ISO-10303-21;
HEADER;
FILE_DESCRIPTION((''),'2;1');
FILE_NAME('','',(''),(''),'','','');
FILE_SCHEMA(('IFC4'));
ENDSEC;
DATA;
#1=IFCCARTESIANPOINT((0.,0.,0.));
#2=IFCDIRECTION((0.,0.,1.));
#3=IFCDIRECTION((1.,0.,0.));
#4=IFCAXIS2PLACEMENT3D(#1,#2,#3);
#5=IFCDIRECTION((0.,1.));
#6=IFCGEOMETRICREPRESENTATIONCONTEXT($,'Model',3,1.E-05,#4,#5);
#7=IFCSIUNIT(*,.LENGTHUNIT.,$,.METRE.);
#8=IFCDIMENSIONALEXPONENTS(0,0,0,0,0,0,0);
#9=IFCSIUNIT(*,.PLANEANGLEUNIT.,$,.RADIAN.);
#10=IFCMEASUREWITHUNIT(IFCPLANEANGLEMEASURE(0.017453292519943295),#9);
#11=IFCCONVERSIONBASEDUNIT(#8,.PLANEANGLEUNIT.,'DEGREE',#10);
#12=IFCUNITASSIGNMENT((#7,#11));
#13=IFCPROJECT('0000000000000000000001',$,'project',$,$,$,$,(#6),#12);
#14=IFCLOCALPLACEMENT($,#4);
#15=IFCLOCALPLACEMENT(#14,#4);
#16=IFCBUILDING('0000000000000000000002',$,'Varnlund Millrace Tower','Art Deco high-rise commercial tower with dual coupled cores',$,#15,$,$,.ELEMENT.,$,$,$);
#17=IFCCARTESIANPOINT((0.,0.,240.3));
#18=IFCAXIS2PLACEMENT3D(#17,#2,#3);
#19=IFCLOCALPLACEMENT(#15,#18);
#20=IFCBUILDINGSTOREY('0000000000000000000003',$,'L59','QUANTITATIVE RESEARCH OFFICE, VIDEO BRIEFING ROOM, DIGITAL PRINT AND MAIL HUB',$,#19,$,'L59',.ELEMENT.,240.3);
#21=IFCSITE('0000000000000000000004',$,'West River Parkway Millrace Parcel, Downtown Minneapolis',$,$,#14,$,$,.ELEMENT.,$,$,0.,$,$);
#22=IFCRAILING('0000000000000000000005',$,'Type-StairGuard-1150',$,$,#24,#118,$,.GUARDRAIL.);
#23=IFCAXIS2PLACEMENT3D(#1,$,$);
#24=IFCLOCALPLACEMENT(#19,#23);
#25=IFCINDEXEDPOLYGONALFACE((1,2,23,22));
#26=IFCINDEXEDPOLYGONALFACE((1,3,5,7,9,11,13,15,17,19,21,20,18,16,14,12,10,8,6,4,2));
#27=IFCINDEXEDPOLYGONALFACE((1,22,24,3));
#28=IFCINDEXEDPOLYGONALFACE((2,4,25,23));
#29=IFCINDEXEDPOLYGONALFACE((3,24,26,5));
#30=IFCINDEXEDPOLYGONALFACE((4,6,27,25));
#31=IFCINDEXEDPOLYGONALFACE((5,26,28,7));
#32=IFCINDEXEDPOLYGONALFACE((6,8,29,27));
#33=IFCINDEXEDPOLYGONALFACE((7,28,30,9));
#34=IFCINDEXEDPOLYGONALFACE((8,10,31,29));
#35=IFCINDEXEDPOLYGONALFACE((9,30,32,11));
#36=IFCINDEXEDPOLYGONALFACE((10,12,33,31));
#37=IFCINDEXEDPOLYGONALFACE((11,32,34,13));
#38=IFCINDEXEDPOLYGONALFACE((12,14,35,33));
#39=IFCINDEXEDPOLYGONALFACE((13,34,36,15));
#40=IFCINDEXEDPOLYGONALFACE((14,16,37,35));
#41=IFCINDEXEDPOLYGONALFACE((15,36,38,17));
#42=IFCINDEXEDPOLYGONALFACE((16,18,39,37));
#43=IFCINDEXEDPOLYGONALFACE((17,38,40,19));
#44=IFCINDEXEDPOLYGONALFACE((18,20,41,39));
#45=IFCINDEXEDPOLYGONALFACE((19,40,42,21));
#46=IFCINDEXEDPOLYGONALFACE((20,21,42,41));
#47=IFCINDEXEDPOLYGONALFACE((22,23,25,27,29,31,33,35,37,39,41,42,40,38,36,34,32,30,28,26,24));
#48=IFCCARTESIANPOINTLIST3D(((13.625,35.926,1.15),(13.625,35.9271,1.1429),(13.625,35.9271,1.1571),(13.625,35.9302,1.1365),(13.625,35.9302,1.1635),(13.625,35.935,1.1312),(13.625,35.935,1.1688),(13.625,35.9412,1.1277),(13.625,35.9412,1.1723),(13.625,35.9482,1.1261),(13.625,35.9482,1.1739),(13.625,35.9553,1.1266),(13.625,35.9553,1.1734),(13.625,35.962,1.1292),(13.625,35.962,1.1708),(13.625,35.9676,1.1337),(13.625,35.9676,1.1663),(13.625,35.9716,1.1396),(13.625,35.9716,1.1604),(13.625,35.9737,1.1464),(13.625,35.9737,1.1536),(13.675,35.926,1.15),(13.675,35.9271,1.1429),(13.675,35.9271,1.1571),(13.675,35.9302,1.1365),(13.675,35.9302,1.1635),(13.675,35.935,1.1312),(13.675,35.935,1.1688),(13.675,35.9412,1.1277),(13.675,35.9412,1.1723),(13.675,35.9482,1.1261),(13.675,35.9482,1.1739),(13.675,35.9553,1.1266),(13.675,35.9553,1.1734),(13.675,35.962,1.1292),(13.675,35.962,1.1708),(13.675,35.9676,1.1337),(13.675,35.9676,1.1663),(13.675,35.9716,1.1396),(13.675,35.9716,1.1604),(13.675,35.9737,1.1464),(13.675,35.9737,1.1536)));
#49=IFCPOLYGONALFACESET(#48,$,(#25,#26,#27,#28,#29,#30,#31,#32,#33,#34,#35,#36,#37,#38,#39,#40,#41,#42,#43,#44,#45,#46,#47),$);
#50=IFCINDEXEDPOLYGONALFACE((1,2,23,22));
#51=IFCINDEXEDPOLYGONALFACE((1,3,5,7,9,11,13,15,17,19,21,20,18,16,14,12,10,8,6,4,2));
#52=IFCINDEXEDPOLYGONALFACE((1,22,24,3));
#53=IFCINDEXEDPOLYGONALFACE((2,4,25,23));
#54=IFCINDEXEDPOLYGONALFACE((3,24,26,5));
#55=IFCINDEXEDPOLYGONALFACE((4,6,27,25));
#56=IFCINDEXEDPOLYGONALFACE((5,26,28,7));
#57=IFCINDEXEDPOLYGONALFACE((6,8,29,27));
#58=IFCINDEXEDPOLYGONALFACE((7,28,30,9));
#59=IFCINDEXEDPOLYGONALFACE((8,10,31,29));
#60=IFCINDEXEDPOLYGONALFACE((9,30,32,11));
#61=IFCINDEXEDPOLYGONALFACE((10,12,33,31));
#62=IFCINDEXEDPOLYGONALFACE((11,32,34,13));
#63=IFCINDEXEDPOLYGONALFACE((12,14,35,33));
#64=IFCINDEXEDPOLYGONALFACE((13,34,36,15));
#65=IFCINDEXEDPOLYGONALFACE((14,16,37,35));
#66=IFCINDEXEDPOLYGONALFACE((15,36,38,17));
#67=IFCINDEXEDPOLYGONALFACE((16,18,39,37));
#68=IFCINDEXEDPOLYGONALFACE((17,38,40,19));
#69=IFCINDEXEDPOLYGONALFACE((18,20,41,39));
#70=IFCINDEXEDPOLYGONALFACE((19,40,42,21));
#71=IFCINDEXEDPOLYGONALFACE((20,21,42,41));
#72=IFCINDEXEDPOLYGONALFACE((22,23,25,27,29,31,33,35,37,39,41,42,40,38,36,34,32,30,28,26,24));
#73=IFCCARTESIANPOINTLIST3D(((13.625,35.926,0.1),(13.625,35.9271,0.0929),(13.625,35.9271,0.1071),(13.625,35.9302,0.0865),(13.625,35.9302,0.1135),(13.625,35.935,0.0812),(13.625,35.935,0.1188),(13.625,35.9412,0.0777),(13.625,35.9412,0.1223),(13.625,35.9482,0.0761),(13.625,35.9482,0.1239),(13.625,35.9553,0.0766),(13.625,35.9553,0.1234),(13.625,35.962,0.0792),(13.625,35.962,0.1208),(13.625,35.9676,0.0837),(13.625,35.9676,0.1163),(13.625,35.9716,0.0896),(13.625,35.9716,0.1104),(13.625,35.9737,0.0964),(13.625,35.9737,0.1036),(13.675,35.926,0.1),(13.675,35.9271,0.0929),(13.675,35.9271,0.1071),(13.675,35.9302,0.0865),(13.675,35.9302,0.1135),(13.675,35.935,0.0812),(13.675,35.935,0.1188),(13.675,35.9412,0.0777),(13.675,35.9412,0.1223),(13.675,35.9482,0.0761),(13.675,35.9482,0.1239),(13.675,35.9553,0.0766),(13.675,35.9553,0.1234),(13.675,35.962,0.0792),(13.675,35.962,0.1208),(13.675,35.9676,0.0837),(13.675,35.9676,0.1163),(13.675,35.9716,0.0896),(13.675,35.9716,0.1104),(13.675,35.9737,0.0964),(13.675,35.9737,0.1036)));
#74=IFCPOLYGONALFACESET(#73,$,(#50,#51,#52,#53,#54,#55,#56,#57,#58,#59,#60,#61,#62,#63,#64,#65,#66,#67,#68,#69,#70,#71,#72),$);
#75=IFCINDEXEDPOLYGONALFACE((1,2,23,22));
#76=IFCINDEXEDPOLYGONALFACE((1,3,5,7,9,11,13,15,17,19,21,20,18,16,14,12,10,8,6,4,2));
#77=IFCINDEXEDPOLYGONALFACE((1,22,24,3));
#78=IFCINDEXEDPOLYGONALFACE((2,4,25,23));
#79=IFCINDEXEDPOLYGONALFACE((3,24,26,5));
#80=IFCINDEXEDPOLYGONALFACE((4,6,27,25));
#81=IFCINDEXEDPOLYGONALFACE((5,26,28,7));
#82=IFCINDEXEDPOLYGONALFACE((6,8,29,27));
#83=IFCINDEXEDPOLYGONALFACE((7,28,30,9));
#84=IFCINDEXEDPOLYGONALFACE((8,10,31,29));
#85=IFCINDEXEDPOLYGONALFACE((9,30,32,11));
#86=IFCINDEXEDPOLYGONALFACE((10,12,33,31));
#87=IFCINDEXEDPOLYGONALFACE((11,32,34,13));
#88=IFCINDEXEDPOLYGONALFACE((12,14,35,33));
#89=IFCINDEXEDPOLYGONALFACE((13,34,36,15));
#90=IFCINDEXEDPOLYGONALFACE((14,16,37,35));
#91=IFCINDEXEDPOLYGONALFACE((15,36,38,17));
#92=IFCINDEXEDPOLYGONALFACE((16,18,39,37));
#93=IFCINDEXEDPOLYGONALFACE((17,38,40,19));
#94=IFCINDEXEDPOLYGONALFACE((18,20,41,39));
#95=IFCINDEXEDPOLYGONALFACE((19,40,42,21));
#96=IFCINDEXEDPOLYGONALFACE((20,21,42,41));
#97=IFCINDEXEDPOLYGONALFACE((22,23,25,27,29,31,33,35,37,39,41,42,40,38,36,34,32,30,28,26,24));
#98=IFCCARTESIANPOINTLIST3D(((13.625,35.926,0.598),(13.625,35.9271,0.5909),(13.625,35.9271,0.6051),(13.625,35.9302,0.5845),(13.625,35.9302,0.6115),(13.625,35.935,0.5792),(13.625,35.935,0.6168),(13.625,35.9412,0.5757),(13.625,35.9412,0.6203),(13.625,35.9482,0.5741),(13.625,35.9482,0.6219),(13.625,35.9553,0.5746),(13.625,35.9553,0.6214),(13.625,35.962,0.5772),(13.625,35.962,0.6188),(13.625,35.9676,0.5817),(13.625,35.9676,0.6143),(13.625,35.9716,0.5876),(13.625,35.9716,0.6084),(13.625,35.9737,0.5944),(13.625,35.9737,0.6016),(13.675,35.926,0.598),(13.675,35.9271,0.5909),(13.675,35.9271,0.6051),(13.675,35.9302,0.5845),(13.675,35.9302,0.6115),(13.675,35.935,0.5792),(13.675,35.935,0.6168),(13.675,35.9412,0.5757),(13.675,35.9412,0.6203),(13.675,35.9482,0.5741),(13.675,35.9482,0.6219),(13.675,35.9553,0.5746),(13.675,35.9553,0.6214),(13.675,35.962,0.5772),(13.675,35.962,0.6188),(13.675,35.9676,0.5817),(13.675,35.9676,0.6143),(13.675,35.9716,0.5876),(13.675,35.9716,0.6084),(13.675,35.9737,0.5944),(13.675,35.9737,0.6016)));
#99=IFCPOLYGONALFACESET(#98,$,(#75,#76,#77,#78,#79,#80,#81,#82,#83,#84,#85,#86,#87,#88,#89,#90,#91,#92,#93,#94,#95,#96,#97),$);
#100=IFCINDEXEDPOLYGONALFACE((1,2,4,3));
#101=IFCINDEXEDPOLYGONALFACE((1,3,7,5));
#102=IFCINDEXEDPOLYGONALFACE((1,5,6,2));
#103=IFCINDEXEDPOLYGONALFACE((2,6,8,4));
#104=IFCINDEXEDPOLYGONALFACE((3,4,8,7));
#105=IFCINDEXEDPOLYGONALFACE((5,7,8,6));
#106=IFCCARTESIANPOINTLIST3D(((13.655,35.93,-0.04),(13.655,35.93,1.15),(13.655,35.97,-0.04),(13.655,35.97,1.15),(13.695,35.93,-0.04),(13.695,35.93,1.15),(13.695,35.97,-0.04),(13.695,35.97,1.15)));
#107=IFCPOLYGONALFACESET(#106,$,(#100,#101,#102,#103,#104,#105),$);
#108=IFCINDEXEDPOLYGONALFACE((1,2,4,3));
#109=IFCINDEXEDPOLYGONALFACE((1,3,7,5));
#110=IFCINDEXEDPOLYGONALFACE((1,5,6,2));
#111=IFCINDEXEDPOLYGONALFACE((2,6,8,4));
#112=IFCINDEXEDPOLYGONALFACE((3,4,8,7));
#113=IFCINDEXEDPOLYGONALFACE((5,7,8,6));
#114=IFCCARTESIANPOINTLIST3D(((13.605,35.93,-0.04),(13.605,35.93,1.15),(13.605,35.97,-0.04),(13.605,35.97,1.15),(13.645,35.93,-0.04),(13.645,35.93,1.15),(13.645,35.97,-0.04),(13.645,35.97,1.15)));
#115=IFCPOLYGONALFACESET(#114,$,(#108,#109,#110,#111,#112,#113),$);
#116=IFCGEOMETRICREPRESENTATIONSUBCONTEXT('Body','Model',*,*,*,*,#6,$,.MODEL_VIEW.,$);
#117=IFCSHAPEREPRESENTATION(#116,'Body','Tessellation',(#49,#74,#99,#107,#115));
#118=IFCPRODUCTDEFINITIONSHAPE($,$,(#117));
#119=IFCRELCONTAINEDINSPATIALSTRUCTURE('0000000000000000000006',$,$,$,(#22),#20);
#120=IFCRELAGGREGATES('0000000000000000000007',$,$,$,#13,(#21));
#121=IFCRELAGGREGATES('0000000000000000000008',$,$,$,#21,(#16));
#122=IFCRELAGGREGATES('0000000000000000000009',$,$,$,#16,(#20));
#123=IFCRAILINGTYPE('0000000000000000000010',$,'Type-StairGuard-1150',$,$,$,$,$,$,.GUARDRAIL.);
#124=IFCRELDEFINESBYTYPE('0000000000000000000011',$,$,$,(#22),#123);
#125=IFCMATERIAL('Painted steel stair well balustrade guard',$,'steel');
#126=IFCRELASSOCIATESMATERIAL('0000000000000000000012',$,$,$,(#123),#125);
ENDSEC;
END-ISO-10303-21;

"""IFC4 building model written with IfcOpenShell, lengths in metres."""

from ifc_helpers import new_model, entity, si_unit, converted_unit, direction, frame, origin_with_axes, origin_2d_with_axis, place, context, subcontext, project, spatial, rectangle, circle, extrude, material, type_object, element, save


model = new_model("IFC4")

# Units and contexts
model_context = context("Model", 3, precision=1e-05, world=origin_with_axes(), true_north=direction((0.0, 1.0)))
body_context = subcontext(model_context, "Body", "Model", "MODEL_VIEW")
ifc_project = project(units=[si_unit("LENGTHUNIT", "METRE"), converted_unit("PLANEANGLEUNIT", "DEGREE", entity("IfcPlaneAngleMeasure", 0.017453292519943295), si_unit("PLANEANGLEUNIT", "RADIAN"), dimensions=[0, 0, 0, 0, 0, 0, 0])], contexts=[model_context])

# Site, building, storey
site_placement = place(None, origin_with_axes())
site = spatial("IfcSite", under=ifc_project, at=site_placement, Name="West River Parkway Millrace Parcel, Downtown Minneapolis", CompositionType="ELEMENT", RefElevation=0.0)
building_placement = place(site_placement, origin_with_axes())
building = spatial("IfcBuilding", under=site, at=building_placement, Name="Varnlund Millrace Tower", Description="Art Deco high-rise commercial tower with dual coupled cores", CompositionType="ELEMENT")
storey_placement = place(building_placement, frame((0.0, 0.0, 240.3), z_axis=(0.0, 0.0, 1.0), x_axis=(1.0, 0.0, 0.0)))
storey = spatial("IfcBuildingStorey", under=building, at=storey_placement, Name="L59", Description="QUANTITATIVE RESEARCH OFFICE, VIDEO BRIEFING ROOM, DIGITAL PRINT AND MAIL HUB", LongName="L59", CompositionType="ELEMENT", Elevation=240.3)

# Railing
ifc_material_1 = material(Name="Painted steel stair well balustrade guard", Category="steel")
railing_type_1 = type_object("IfcRailingType", Name="Type-StairGuard-1150", PredefinedType="GUARDRAIL", material=ifc_material_1)
railing_1_placement = place(storey_placement, frame((0.0, 0.0, -240.3), z_axis=(0.0, 0.0, 1.0), x_axis=(1.0, 0.0, 0.0)))
element("IfcRailing", 1, at=railing_1_placement, inside=storey, type_object=railing_type_1, Name="Type-StairGuard-1150", PredefinedType="GUARDRAIL", context=body_context, shape_type="SweptSolid", body=[
    extrude(circle(Radius=0.024, at=origin_2d_with_axis()), frame((13.675, 35.95, 241.45), z_axis=(-1.0, 0.0, 0.0), x_axis=(0.0, -1.0, 0.0)), (0.0, 0.0, 1.0), 0.05),
    extrude(circle(Radius=0.024, at=origin_2d_with_axis()), frame((13.675, 35.95, 240.4), z_axis=(-1.0, 0.0, 0.0), x_axis=(0.0, -1.0, 0.0)), (0.0, 0.0, 1.0), 0.05),
    extrude(circle(Radius=0.024, at=origin_2d_with_axis()), frame((13.675, 35.95, 240.898), z_axis=(-1.0, 0.0, 0.0), x_axis=(0.0, -1.0, 0.0)), (0.0, 0.0, 1.0), 0.05),
    extrude(rectangle(XDim=0.04, YDim=0.04, at=origin_2d_with_axis()), frame((13.675, 35.95, 240.26), z_axis=(0.0, 0.0, 1.0), x_axis=(1.0, 0.0, 0.0)), (0.0, 0.0, 1.0), 1.19),
    extrude(rectangle(XDim=0.04, YDim=0.04, at=origin_2d_with_axis()), frame((13.625, 35.95, 240.26), z_axis=(0.0, 0.0, 1.0), x_axis=(1.0, 0.0, 0.0)), (0.0, 0.0, 1.0), 1.19),
])

save(model, "model.ifc")
